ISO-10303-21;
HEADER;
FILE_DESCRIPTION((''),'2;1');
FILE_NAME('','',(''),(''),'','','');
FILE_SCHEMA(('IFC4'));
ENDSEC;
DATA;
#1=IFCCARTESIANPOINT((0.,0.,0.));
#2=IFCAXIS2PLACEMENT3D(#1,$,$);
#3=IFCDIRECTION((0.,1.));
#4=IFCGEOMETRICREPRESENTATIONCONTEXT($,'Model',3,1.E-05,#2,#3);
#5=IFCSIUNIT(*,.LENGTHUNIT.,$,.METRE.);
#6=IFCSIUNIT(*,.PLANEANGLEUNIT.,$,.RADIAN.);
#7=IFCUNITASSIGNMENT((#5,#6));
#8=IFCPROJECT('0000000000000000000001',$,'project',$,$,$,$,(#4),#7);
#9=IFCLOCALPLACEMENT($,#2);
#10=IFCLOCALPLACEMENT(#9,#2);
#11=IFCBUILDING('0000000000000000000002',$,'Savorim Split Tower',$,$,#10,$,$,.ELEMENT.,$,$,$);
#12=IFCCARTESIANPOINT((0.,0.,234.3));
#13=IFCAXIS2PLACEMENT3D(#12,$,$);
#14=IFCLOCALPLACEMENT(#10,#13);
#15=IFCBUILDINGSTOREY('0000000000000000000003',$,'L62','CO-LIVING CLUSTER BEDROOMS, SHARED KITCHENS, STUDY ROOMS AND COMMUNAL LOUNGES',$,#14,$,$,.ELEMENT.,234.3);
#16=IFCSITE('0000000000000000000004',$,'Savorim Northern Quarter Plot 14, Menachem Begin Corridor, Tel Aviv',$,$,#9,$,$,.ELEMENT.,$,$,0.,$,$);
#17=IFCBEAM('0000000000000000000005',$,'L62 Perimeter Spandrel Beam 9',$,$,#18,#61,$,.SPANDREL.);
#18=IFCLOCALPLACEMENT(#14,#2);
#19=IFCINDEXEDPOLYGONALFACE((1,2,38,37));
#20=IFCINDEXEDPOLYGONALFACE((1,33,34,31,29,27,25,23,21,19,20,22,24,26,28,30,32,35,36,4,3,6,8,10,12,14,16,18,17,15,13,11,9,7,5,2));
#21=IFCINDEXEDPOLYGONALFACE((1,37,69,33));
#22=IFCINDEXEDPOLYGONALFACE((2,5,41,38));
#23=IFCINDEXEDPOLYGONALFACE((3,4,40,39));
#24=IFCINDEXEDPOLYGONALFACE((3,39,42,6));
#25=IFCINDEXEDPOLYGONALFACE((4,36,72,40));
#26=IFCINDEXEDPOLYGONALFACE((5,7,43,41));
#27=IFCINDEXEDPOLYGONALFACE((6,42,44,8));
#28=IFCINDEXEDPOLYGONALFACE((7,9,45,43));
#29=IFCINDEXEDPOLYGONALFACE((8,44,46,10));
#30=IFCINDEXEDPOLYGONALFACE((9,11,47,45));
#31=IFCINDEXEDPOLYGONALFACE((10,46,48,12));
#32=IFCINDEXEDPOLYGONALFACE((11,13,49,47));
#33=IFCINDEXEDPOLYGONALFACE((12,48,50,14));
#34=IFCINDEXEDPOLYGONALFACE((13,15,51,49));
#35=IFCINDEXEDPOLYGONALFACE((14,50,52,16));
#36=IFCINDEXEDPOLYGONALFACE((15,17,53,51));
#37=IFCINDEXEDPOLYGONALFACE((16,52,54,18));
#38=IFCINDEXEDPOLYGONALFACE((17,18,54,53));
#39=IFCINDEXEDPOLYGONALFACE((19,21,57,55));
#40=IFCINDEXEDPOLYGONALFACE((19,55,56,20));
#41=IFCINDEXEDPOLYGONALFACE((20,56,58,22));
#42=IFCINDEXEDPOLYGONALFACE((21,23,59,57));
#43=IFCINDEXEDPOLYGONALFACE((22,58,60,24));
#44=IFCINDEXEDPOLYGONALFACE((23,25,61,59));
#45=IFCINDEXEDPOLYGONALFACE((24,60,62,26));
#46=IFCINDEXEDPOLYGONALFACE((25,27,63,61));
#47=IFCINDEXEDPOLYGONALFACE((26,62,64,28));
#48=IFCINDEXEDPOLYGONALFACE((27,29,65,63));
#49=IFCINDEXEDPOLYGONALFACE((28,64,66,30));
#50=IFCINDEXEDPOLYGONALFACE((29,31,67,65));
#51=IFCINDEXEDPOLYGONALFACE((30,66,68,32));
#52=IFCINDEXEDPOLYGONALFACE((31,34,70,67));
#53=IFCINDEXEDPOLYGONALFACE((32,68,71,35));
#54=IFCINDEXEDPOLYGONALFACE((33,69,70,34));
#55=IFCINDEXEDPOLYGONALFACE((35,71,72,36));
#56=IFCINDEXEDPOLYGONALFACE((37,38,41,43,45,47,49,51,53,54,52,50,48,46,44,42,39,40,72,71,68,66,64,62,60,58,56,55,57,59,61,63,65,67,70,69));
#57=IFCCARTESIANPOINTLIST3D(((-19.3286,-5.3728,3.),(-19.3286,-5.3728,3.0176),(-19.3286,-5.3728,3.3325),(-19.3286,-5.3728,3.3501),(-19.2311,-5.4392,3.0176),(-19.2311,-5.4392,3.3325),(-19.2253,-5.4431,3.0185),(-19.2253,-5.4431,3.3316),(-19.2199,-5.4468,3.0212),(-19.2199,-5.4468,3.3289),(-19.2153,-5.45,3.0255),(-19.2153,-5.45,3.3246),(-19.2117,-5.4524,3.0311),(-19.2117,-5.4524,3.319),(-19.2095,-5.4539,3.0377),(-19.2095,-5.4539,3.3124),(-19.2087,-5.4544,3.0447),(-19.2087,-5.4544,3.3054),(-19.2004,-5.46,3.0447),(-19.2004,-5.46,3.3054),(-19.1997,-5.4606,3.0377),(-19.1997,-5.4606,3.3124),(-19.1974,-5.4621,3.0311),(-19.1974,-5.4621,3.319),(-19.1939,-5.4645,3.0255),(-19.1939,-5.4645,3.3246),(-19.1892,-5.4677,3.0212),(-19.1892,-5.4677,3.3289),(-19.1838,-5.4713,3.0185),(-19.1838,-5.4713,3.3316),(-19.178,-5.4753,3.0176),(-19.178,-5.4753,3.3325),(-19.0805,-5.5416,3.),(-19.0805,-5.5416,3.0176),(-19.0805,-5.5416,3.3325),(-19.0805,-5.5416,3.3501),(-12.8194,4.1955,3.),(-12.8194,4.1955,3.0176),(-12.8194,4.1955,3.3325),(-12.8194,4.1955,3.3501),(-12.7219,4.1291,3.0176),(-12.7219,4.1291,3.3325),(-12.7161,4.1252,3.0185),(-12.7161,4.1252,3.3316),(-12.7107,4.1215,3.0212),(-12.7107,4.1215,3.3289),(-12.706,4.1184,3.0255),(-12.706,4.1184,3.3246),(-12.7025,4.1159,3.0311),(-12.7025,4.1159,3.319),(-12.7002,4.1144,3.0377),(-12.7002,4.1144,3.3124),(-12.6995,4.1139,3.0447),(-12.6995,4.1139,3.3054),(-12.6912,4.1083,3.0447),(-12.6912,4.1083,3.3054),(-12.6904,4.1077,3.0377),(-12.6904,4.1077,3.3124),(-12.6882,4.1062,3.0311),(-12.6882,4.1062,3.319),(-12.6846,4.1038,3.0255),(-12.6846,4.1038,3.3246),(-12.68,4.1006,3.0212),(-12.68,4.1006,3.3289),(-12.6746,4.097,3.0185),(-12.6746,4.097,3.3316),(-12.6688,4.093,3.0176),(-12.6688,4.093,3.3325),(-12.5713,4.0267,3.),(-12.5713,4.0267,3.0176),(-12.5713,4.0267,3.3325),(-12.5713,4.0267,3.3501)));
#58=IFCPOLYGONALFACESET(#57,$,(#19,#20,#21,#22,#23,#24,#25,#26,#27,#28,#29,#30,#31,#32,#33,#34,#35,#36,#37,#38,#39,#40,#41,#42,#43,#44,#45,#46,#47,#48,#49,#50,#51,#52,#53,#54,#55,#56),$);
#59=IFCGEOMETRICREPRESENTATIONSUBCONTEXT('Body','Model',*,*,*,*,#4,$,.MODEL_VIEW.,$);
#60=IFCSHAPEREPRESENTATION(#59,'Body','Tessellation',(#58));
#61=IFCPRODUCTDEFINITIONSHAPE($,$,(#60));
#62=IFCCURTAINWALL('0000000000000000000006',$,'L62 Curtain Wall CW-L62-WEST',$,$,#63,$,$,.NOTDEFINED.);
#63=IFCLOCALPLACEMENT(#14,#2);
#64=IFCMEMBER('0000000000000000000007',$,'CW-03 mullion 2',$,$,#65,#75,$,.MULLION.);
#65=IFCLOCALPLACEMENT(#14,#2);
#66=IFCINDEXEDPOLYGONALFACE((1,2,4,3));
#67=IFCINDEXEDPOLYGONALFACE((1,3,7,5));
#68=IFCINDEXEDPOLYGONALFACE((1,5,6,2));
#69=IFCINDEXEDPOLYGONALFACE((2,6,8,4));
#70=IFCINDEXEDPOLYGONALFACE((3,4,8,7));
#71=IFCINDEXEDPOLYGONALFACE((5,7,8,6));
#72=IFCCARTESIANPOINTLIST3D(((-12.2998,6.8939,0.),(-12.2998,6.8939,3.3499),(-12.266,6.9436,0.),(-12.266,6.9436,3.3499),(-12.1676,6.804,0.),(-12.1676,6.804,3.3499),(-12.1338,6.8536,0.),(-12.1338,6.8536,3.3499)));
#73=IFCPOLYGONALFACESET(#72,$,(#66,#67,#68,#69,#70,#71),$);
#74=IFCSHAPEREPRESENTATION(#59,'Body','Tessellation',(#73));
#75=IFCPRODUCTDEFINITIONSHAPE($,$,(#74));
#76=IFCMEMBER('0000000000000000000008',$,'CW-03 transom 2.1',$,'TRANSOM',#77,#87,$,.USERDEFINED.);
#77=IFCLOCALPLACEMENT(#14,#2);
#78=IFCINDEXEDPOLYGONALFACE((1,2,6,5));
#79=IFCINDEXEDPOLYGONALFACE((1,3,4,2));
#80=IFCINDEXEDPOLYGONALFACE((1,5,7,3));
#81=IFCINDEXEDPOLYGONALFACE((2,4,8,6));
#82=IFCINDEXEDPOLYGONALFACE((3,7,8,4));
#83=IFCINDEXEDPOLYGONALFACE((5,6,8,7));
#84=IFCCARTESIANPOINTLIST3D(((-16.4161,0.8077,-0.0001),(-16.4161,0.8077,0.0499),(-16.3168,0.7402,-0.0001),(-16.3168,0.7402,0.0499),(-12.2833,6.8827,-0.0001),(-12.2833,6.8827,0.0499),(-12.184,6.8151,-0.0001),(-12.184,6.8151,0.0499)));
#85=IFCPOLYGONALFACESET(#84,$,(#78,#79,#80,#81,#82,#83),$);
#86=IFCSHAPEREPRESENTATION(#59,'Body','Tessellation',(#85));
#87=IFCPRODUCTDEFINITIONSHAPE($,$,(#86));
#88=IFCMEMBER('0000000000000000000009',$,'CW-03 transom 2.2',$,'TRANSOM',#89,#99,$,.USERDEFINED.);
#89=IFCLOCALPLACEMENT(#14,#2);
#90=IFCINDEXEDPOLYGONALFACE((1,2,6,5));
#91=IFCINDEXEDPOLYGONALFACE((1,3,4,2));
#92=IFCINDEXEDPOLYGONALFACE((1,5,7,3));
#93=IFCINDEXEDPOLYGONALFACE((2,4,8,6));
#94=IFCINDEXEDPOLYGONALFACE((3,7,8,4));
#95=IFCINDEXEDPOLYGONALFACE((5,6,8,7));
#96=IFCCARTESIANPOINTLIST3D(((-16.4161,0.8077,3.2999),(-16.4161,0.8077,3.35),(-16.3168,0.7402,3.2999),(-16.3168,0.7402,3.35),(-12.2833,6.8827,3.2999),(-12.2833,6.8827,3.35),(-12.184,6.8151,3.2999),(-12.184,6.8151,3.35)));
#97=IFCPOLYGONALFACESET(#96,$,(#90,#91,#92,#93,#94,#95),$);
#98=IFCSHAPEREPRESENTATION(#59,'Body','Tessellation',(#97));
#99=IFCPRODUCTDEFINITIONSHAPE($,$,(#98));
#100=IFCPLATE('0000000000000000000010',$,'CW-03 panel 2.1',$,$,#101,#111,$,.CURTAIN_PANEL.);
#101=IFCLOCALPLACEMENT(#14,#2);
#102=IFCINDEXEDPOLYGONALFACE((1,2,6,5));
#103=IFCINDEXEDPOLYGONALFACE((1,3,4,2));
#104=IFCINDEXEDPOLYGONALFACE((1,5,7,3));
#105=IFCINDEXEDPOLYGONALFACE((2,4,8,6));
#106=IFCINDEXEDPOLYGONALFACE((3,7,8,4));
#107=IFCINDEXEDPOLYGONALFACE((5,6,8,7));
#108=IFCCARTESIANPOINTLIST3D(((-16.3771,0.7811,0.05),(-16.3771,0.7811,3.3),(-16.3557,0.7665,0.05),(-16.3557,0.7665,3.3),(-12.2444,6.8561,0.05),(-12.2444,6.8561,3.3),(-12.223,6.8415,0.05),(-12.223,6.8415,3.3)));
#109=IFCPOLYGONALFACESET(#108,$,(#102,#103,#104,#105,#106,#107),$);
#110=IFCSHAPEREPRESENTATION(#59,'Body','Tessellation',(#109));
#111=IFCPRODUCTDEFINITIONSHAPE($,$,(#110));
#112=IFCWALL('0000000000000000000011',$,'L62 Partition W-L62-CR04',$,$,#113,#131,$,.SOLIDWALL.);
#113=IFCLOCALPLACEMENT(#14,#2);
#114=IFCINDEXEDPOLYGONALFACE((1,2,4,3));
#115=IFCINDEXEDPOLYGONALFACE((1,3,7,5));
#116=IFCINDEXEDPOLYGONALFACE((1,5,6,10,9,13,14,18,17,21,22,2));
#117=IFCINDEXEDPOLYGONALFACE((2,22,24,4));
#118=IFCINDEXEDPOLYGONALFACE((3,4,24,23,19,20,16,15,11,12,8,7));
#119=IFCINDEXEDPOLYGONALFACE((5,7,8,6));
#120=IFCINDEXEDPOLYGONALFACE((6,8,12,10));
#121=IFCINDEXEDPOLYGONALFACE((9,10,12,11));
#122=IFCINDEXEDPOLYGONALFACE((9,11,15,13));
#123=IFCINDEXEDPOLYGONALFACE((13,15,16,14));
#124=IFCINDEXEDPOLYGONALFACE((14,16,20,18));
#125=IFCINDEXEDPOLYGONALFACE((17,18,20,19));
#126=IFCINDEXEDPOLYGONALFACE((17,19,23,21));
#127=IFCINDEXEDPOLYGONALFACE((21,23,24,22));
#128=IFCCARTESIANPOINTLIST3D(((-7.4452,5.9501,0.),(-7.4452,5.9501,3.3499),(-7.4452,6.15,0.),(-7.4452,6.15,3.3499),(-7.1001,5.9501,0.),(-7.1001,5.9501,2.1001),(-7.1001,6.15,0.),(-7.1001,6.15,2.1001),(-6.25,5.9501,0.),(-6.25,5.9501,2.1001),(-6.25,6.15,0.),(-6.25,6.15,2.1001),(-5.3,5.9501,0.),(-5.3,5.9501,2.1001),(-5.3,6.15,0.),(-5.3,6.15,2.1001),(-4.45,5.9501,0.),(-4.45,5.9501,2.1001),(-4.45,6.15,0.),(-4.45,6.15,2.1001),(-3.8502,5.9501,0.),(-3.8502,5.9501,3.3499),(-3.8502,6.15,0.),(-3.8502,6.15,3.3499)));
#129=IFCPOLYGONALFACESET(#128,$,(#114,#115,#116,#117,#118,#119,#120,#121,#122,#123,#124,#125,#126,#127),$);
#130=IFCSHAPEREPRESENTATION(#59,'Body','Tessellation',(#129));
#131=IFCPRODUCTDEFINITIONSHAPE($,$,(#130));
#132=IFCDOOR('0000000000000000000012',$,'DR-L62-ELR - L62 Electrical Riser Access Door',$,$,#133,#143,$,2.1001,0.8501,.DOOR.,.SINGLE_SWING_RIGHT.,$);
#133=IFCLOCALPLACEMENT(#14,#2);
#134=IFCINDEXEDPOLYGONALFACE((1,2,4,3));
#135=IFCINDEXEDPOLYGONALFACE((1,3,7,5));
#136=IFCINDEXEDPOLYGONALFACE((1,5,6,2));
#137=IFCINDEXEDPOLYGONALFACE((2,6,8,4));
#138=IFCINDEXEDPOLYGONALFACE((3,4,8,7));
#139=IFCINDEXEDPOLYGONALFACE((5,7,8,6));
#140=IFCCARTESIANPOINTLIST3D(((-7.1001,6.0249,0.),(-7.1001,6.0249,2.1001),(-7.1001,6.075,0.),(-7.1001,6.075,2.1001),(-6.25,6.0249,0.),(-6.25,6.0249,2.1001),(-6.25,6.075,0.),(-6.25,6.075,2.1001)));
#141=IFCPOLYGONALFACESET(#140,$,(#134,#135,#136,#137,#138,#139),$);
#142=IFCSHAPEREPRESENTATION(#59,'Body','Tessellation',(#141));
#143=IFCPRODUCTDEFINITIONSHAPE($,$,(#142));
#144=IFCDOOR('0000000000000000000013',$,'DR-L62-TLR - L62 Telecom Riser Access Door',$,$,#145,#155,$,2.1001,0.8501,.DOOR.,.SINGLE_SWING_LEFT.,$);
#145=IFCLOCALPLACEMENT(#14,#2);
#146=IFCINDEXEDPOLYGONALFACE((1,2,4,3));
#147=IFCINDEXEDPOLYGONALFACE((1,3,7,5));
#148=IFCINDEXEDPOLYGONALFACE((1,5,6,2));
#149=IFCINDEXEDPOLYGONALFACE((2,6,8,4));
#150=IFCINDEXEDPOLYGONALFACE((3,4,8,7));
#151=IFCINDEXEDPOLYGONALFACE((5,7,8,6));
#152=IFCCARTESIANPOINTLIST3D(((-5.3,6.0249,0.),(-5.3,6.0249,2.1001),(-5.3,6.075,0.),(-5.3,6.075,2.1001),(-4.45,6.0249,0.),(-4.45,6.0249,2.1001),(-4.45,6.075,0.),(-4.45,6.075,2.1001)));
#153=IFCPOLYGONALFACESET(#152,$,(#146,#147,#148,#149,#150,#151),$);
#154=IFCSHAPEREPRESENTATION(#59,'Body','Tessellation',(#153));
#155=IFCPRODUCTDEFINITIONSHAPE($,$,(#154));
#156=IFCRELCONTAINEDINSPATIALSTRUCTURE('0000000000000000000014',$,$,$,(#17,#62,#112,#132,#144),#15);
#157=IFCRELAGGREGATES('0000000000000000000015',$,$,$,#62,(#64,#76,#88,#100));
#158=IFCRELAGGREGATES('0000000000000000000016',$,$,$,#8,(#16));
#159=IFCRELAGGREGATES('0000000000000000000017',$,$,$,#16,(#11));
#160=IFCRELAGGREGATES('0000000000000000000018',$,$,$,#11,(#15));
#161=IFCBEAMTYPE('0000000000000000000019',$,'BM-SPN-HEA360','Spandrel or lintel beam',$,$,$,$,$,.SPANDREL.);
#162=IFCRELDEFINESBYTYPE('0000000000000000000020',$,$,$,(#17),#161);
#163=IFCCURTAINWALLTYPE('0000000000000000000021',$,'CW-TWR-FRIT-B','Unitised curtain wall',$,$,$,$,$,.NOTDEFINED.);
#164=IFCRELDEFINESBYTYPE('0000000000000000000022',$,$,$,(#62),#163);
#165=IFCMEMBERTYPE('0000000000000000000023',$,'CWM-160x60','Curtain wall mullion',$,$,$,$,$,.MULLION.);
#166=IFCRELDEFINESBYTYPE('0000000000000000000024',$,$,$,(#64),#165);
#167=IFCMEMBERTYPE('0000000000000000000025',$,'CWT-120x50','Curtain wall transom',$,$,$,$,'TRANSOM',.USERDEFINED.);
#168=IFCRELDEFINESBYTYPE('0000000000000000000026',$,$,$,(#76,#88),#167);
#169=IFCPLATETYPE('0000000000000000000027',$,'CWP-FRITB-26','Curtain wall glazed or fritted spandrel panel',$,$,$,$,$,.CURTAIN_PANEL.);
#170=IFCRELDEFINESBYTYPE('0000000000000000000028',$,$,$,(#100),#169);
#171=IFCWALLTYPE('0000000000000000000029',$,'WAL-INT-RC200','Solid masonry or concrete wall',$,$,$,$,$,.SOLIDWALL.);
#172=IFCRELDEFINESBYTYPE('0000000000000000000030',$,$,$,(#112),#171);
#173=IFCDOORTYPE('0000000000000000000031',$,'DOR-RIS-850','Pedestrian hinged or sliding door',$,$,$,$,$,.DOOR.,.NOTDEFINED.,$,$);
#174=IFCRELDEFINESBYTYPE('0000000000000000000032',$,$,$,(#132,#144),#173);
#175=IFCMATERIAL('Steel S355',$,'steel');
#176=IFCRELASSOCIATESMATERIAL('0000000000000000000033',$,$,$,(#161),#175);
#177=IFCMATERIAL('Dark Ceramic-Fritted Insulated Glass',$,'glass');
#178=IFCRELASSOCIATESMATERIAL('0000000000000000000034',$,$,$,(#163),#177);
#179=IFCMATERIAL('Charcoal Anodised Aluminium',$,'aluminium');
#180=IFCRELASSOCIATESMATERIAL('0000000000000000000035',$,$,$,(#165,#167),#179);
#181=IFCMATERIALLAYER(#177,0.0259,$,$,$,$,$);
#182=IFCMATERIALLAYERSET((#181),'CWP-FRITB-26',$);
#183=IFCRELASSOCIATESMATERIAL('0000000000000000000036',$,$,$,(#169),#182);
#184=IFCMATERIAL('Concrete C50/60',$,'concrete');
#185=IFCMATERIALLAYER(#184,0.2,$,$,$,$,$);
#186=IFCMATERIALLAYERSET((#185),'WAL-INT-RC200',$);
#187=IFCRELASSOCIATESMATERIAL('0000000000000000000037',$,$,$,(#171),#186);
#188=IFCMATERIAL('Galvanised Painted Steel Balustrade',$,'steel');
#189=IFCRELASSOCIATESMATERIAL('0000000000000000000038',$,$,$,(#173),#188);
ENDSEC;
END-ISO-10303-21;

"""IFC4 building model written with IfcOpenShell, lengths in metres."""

from ifc_helpers import new_model, si_unit, direction, frame, frame_2d, origin, origin_2d, place, context, subcontext, project, spatial, rectangle, i_section, extrude, material, layer, layer_set, material_profile, profile_set, type_object, element, fill, aggregate, save


model = new_model("IFC4")

# Units and contexts
model_context = context("Model", 3, precision=1e-05, world=origin(), true_north=direction((0.0, 1.0)))
body_context = subcontext(model_context, "Body", "Model", "MODEL_VIEW")
ifc_project = project(units=[si_unit("LENGTHUNIT", "METRE"), si_unit("PLANEANGLEUNIT", "RADIAN")], contexts=[model_context])

# Site, building, storey
site_placement = place(None, origin())
site = spatial("IfcSite", under=ifc_project, at=site_placement, Name="Savorim Northern Quarter Plot 14, Menachem Begin Corridor, Tel Aviv", CompositionType="ELEMENT", RefElevation=0.0)
building_placement = place(site_placement, origin())
building = spatial("IfcBuilding", under=site, at=building_placement, Name="Savorim Split Tower", CompositionType="ELEMENT")
storey_placement = place(building_placement, frame((0.0, 0.0, 234.3)))
storey = spatial("IfcBuildingStorey", under=building, at=storey_placement, Name="L62", Description="CO-LIVING CLUSTER BEDROOMS, SHARED KITCHENS, STUDY ROOMS AND COMMUNAL LOUNGES", CompositionType="ELEMENT", Elevation=234.3)

# Shared definitions
ifc_material_1 = material(Name="Steel S355", Category="steel")

# Beam
ifc_material_profile_1 = material_profile(ifc_material_1, i_section(OverallWidth=0.3, OverallDepth=0.3501, WebThickness=0.01, FlangeThickness=0.0176, FilletRadius=0.0271, at=origin_2d()), Name="HEA 360")
ifc_profile_set_1 = profile_set([ifc_material_profile_1], Name="Steel S355")
beam_type_1 = type_object("IfcBeamType", Name="BM-SPN-HEA360", Description="Spandrel or lintel beam", PredefinedType="SPANDREL", material=ifc_profile_set_1)
beam_1_placement = place(storey_placement, frame((-12.6953, 4.1111, 3.175), z_axis=(-0.562475, -0.826814, 0.0), x_axis=(0.826814, -0.562475, 0.0)))
element("IfcBeam", 1, at=beam_1_placement, inside=storey, type_object=beam_type_1, Name="L62 Perimeter Spandrel Beam 9", PredefinedType="SPANDREL", context=body_context, shape_type="SweptSolid", body=[
    extrude(i_section(OverallWidth=0.3, OverallDepth=0.3501, WebThickness=0.01, FlangeThickness=0.0176, FilletRadius=0.0271, at=origin_2d()), origin(), (0.0, 0.0, 1.0), 11.5725),
])

# Curtain wall, members, plate
ifc_material_2 = material(Name="Dark Ceramic-Fritted Insulated Glass", Category="glass")
curtain_wall_type = type_object("IfcCurtainWallType", Name="CW-TWR-FRIT-B", Description="Unitised curtain wall", PredefinedType="NOTDEFINED", material=ifc_material_2)
curtain_wall_placement = place(storey_placement, origin())
curtain_wall = element("IfcCurtainWall", 2, at=curtain_wall_placement, inside=storey, type_object=curtain_wall_type, Name="L62 Curtain Wall CW-L62-WEST", PredefinedType="NOTDEFINED")
ifc_material_3 = material(Name="Charcoal Anodised Aluminium", Category="aluminium")
ifc_material_profile_2 = material_profile(ifc_material_3, rectangle(XDim=0.1599, YDim=0.0601, at=origin_2d()), Name="ALU-M 160x60")
ifc_profile_set_2 = profile_set([ifc_material_profile_2], Name="Charcoal Anodised Aluminium")
member_type_1 = type_object("IfcMemberType", Name="CWM-160x60", Description="Curtain wall mullion", PredefinedType="MULLION", material=ifc_profile_set_2)
member_1_placement = place(storey_placement, frame((-12.2168, 6.8738, 0.0), z_axis=(0.0, 0.0, 1.0), x_axis=(0.82682, -0.562467, 0.0)))
member_1 = element("IfcMember", 3, at=member_1_placement, type_object=member_type_1, Name="CW-03 mullion 2", PredefinedType="MULLION", context=body_context, shape_type="SweptSolid", body=[
    extrude(rectangle(XDim=0.1599, YDim=0.0601, at=origin_2d()), origin(), (0.0, 0.0, 1.0), 3.3499),
])
ifc_material_profile_3 = material_profile(ifc_material_3, rectangle(XDim=0.1201, YDim=0.05, at=origin_2d()), Name="ALU-T 120x50")
ifc_profile_set_3 = profile_set([ifc_material_profile_3], Name="Charcoal Anodised Aluminium")
member_type_2 = type_object("IfcMemberType", Name="CWT-120x50", Description="Curtain wall transom", ElementType="TRANSOM", PredefinedType="USERDEFINED", material=ifc_profile_set_3)
member_2_placement = place(storey_placement, frame((-12.2336, 6.8489, 0.0249), z_axis=(-0.562482, -0.82681, 0.0), x_axis=(0.82681, -0.562482, 0.0)))
member_2 = element("IfcMember", 4, at=member_2_placement, type_object=member_type_2, Name="CW-03 transom 2.1", ObjectType="TRANSOM", PredefinedType="USERDEFINED", context=body_context, shape_type="SweptSolid", body=[
    extrude(rectangle(XDim=0.1201, YDim=0.05, at=origin_2d()), origin(), (0.0, 0.0, 1.0), 7.3474),
])
member_3_placement = place(storey_placement, frame((-12.2336, 6.8489, 3.325), z_axis=(-0.562482, -0.82681, 0.0), x_axis=(0.82681, -0.562482, 0.0)))
member_3 = element("IfcMember", 5, at=member_3_placement, type_object=member_type_2, Name="CW-03 transom 2.2", ObjectType="TRANSOM", PredefinedType="USERDEFINED", context=body_context, shape_type="SweptSolid", body=[
    extrude(rectangle(XDim=0.1201, YDim=0.05, at=origin_2d()), origin(), (0.0, 0.0, 1.0), 7.3474),
])
ifc_layer_1 = layer(ifc_material_2, 0.0259)
ifc_layer_set_1 = layer_set([ifc_layer_1], Name="CWP-FRITB-26")
plate_type = type_object("IfcPlateType", Name="CWP-FRITB-26", Description="Curtain wall glazed or fritted spandrel panel", PredefinedType="CURTAIN_PANEL", material=ifc_layer_set_1)
plate_placement = place(storey_placement, frame((-14.3, 3.8113, 0.05), z_axis=(0.0, 0.0, 1.0), x_axis=(-0.562467, -0.82682, 0.0)))
plate = element("IfcPlate", 6, at=plate_placement, type_object=plate_type, Name="CW-03 panel 2.1", PredefinedType="CURTAIN_PANEL", context=body_context, shape_type="SweptSolid", body=[
    extrude(rectangle(XDim=7.3474, YDim=0.0259, at=origin_2d()), origin(), (0.0, 0.0, 1.0), 3.25),
])
aggregate(curtain_wall, [member_1, member_2, member_3, plate])

# Wall, openings, doors
ifc_material_4 = material(Name="Concrete C50/60", Category="concrete")
ifc_layer_2 = layer(ifc_material_4, 0.2)
ifc_layer_set_2 = layer_set([ifc_layer_2], Name="WAL-INT-RC200")
wall_type_1 = type_object("IfcWallType", Name="WAL-INT-RC200", Description="Solid masonry or concrete wall", PredefinedType="SOLIDWALL", material=ifc_layer_set_2)
wall_1_placement = place(storey_placement, frame((-7.4451, 6.05, 0.0), z_axis=(0.0, 0.0, 1.0), x_axis=(1.0, 0.0, 0.0)))
wall_1 = element("IfcWall", 7, at=wall_1_placement, inside=storey, type_object=wall_type_1, Name="L62 Partition W-L62-CR04", PredefinedType="SOLIDWALL", context=body_context, shape_type="SweptSolid", body=[
    extrude(rectangle(XDim=3.595, YDim=0.2, at=frame_2d((1.7974, 0.0))), origin(), (0.0, 0.0, 1.0), 3.3499),
])
opening_1_placement = place(wall_1_placement, frame((0.345, 0.0, 0.0)))
opening_1 = element("IfcOpeningElement", 8, at=opening_1_placement, cuts=wall_1, PredefinedType="OPENING", context=body_context, shape_type="SweptSolid", body=[
    extrude(rectangle(XDim=0.8501, YDim=2.1001, at=frame_2d((0.425, 1.05))), frame((0.0, 0.1099, 0.0), z_axis=(0.0, -1.0, 0.0), x_axis=(1.0, 0.0, 0.0)), (0.0, 0.0, 1.0), 0.22),
])
opening_2_placement = place(wall_1_placement, frame((2.145, 0.0, 0.0)))
opening_2 = element("IfcOpeningElement", 9, at=opening_2_placement, cuts=wall_1, PredefinedType="OPENING", context=body_context, shape_type="SweptSolid", body=[
    extrude(rectangle(XDim=0.8501, YDim=2.1001, at=frame_2d((0.425, 1.05))), frame((0.0, 0.1099, 0.0), z_axis=(0.0, -1.0, 0.0), x_axis=(1.0, 0.0, 0.0)), (0.0, 0.0, 1.0), 0.22),
])
ifc_material_5 = material(Name="Galvanised Painted Steel Balustrade", Category="steel")
door_type_1 = type_object("IfcDoorType", Name="DOR-RIS-850", Description="Pedestrian hinged or sliding door", OperationType="NOTDEFINED", PredefinedType="DOOR", material=ifc_material_5)
door_1_placement = place(opening_1_placement, origin())
door_1 = element("IfcDoor", 10, at=door_1_placement, inside=storey, type_object=door_type_1, Name="DR-L62-ELR - L62 Electrical Riser Access Door", OperationType="SINGLE_SWING_RIGHT", OverallHeight=2.1001, OverallWidth=0.8501, PredefinedType="DOOR", context=body_context, shape_type="SweptSolid", body=[
    extrude(rectangle(XDim=0.8501, YDim=2.1001, at=frame_2d((0.425, 1.05))), frame((0.0, 0.0249, 0.0), z_axis=(0.0, -1.0, 0.0), x_axis=(1.0, 0.0, 0.0)), (0.0, 0.0, 1.0), 0.05),
])
fill(opening_1, door_1)
door_2_placement = place(opening_2_placement, origin())
door_2 = element("IfcDoor", 11, at=door_2_placement, inside=storey, type_object=door_type_1, Name="DR-L62-TLR - L62 Telecom Riser Access Door", OperationType="SINGLE_SWING_LEFT", OverallHeight=2.1001, OverallWidth=0.8501, PredefinedType="DOOR", context=body_context, shape_type="SweptSolid", body=[
    extrude(rectangle(XDim=0.8501, YDim=2.1001, at=frame_2d((0.425, 1.05))), frame((0.0, 0.0249, 0.0), z_axis=(0.0, -1.0, 0.0), x_axis=(1.0, 0.0, 0.0)), (0.0, 0.0, 1.0), 0.05),
])
fill(opening_2, door_2)

save(model, "model.ifc")
